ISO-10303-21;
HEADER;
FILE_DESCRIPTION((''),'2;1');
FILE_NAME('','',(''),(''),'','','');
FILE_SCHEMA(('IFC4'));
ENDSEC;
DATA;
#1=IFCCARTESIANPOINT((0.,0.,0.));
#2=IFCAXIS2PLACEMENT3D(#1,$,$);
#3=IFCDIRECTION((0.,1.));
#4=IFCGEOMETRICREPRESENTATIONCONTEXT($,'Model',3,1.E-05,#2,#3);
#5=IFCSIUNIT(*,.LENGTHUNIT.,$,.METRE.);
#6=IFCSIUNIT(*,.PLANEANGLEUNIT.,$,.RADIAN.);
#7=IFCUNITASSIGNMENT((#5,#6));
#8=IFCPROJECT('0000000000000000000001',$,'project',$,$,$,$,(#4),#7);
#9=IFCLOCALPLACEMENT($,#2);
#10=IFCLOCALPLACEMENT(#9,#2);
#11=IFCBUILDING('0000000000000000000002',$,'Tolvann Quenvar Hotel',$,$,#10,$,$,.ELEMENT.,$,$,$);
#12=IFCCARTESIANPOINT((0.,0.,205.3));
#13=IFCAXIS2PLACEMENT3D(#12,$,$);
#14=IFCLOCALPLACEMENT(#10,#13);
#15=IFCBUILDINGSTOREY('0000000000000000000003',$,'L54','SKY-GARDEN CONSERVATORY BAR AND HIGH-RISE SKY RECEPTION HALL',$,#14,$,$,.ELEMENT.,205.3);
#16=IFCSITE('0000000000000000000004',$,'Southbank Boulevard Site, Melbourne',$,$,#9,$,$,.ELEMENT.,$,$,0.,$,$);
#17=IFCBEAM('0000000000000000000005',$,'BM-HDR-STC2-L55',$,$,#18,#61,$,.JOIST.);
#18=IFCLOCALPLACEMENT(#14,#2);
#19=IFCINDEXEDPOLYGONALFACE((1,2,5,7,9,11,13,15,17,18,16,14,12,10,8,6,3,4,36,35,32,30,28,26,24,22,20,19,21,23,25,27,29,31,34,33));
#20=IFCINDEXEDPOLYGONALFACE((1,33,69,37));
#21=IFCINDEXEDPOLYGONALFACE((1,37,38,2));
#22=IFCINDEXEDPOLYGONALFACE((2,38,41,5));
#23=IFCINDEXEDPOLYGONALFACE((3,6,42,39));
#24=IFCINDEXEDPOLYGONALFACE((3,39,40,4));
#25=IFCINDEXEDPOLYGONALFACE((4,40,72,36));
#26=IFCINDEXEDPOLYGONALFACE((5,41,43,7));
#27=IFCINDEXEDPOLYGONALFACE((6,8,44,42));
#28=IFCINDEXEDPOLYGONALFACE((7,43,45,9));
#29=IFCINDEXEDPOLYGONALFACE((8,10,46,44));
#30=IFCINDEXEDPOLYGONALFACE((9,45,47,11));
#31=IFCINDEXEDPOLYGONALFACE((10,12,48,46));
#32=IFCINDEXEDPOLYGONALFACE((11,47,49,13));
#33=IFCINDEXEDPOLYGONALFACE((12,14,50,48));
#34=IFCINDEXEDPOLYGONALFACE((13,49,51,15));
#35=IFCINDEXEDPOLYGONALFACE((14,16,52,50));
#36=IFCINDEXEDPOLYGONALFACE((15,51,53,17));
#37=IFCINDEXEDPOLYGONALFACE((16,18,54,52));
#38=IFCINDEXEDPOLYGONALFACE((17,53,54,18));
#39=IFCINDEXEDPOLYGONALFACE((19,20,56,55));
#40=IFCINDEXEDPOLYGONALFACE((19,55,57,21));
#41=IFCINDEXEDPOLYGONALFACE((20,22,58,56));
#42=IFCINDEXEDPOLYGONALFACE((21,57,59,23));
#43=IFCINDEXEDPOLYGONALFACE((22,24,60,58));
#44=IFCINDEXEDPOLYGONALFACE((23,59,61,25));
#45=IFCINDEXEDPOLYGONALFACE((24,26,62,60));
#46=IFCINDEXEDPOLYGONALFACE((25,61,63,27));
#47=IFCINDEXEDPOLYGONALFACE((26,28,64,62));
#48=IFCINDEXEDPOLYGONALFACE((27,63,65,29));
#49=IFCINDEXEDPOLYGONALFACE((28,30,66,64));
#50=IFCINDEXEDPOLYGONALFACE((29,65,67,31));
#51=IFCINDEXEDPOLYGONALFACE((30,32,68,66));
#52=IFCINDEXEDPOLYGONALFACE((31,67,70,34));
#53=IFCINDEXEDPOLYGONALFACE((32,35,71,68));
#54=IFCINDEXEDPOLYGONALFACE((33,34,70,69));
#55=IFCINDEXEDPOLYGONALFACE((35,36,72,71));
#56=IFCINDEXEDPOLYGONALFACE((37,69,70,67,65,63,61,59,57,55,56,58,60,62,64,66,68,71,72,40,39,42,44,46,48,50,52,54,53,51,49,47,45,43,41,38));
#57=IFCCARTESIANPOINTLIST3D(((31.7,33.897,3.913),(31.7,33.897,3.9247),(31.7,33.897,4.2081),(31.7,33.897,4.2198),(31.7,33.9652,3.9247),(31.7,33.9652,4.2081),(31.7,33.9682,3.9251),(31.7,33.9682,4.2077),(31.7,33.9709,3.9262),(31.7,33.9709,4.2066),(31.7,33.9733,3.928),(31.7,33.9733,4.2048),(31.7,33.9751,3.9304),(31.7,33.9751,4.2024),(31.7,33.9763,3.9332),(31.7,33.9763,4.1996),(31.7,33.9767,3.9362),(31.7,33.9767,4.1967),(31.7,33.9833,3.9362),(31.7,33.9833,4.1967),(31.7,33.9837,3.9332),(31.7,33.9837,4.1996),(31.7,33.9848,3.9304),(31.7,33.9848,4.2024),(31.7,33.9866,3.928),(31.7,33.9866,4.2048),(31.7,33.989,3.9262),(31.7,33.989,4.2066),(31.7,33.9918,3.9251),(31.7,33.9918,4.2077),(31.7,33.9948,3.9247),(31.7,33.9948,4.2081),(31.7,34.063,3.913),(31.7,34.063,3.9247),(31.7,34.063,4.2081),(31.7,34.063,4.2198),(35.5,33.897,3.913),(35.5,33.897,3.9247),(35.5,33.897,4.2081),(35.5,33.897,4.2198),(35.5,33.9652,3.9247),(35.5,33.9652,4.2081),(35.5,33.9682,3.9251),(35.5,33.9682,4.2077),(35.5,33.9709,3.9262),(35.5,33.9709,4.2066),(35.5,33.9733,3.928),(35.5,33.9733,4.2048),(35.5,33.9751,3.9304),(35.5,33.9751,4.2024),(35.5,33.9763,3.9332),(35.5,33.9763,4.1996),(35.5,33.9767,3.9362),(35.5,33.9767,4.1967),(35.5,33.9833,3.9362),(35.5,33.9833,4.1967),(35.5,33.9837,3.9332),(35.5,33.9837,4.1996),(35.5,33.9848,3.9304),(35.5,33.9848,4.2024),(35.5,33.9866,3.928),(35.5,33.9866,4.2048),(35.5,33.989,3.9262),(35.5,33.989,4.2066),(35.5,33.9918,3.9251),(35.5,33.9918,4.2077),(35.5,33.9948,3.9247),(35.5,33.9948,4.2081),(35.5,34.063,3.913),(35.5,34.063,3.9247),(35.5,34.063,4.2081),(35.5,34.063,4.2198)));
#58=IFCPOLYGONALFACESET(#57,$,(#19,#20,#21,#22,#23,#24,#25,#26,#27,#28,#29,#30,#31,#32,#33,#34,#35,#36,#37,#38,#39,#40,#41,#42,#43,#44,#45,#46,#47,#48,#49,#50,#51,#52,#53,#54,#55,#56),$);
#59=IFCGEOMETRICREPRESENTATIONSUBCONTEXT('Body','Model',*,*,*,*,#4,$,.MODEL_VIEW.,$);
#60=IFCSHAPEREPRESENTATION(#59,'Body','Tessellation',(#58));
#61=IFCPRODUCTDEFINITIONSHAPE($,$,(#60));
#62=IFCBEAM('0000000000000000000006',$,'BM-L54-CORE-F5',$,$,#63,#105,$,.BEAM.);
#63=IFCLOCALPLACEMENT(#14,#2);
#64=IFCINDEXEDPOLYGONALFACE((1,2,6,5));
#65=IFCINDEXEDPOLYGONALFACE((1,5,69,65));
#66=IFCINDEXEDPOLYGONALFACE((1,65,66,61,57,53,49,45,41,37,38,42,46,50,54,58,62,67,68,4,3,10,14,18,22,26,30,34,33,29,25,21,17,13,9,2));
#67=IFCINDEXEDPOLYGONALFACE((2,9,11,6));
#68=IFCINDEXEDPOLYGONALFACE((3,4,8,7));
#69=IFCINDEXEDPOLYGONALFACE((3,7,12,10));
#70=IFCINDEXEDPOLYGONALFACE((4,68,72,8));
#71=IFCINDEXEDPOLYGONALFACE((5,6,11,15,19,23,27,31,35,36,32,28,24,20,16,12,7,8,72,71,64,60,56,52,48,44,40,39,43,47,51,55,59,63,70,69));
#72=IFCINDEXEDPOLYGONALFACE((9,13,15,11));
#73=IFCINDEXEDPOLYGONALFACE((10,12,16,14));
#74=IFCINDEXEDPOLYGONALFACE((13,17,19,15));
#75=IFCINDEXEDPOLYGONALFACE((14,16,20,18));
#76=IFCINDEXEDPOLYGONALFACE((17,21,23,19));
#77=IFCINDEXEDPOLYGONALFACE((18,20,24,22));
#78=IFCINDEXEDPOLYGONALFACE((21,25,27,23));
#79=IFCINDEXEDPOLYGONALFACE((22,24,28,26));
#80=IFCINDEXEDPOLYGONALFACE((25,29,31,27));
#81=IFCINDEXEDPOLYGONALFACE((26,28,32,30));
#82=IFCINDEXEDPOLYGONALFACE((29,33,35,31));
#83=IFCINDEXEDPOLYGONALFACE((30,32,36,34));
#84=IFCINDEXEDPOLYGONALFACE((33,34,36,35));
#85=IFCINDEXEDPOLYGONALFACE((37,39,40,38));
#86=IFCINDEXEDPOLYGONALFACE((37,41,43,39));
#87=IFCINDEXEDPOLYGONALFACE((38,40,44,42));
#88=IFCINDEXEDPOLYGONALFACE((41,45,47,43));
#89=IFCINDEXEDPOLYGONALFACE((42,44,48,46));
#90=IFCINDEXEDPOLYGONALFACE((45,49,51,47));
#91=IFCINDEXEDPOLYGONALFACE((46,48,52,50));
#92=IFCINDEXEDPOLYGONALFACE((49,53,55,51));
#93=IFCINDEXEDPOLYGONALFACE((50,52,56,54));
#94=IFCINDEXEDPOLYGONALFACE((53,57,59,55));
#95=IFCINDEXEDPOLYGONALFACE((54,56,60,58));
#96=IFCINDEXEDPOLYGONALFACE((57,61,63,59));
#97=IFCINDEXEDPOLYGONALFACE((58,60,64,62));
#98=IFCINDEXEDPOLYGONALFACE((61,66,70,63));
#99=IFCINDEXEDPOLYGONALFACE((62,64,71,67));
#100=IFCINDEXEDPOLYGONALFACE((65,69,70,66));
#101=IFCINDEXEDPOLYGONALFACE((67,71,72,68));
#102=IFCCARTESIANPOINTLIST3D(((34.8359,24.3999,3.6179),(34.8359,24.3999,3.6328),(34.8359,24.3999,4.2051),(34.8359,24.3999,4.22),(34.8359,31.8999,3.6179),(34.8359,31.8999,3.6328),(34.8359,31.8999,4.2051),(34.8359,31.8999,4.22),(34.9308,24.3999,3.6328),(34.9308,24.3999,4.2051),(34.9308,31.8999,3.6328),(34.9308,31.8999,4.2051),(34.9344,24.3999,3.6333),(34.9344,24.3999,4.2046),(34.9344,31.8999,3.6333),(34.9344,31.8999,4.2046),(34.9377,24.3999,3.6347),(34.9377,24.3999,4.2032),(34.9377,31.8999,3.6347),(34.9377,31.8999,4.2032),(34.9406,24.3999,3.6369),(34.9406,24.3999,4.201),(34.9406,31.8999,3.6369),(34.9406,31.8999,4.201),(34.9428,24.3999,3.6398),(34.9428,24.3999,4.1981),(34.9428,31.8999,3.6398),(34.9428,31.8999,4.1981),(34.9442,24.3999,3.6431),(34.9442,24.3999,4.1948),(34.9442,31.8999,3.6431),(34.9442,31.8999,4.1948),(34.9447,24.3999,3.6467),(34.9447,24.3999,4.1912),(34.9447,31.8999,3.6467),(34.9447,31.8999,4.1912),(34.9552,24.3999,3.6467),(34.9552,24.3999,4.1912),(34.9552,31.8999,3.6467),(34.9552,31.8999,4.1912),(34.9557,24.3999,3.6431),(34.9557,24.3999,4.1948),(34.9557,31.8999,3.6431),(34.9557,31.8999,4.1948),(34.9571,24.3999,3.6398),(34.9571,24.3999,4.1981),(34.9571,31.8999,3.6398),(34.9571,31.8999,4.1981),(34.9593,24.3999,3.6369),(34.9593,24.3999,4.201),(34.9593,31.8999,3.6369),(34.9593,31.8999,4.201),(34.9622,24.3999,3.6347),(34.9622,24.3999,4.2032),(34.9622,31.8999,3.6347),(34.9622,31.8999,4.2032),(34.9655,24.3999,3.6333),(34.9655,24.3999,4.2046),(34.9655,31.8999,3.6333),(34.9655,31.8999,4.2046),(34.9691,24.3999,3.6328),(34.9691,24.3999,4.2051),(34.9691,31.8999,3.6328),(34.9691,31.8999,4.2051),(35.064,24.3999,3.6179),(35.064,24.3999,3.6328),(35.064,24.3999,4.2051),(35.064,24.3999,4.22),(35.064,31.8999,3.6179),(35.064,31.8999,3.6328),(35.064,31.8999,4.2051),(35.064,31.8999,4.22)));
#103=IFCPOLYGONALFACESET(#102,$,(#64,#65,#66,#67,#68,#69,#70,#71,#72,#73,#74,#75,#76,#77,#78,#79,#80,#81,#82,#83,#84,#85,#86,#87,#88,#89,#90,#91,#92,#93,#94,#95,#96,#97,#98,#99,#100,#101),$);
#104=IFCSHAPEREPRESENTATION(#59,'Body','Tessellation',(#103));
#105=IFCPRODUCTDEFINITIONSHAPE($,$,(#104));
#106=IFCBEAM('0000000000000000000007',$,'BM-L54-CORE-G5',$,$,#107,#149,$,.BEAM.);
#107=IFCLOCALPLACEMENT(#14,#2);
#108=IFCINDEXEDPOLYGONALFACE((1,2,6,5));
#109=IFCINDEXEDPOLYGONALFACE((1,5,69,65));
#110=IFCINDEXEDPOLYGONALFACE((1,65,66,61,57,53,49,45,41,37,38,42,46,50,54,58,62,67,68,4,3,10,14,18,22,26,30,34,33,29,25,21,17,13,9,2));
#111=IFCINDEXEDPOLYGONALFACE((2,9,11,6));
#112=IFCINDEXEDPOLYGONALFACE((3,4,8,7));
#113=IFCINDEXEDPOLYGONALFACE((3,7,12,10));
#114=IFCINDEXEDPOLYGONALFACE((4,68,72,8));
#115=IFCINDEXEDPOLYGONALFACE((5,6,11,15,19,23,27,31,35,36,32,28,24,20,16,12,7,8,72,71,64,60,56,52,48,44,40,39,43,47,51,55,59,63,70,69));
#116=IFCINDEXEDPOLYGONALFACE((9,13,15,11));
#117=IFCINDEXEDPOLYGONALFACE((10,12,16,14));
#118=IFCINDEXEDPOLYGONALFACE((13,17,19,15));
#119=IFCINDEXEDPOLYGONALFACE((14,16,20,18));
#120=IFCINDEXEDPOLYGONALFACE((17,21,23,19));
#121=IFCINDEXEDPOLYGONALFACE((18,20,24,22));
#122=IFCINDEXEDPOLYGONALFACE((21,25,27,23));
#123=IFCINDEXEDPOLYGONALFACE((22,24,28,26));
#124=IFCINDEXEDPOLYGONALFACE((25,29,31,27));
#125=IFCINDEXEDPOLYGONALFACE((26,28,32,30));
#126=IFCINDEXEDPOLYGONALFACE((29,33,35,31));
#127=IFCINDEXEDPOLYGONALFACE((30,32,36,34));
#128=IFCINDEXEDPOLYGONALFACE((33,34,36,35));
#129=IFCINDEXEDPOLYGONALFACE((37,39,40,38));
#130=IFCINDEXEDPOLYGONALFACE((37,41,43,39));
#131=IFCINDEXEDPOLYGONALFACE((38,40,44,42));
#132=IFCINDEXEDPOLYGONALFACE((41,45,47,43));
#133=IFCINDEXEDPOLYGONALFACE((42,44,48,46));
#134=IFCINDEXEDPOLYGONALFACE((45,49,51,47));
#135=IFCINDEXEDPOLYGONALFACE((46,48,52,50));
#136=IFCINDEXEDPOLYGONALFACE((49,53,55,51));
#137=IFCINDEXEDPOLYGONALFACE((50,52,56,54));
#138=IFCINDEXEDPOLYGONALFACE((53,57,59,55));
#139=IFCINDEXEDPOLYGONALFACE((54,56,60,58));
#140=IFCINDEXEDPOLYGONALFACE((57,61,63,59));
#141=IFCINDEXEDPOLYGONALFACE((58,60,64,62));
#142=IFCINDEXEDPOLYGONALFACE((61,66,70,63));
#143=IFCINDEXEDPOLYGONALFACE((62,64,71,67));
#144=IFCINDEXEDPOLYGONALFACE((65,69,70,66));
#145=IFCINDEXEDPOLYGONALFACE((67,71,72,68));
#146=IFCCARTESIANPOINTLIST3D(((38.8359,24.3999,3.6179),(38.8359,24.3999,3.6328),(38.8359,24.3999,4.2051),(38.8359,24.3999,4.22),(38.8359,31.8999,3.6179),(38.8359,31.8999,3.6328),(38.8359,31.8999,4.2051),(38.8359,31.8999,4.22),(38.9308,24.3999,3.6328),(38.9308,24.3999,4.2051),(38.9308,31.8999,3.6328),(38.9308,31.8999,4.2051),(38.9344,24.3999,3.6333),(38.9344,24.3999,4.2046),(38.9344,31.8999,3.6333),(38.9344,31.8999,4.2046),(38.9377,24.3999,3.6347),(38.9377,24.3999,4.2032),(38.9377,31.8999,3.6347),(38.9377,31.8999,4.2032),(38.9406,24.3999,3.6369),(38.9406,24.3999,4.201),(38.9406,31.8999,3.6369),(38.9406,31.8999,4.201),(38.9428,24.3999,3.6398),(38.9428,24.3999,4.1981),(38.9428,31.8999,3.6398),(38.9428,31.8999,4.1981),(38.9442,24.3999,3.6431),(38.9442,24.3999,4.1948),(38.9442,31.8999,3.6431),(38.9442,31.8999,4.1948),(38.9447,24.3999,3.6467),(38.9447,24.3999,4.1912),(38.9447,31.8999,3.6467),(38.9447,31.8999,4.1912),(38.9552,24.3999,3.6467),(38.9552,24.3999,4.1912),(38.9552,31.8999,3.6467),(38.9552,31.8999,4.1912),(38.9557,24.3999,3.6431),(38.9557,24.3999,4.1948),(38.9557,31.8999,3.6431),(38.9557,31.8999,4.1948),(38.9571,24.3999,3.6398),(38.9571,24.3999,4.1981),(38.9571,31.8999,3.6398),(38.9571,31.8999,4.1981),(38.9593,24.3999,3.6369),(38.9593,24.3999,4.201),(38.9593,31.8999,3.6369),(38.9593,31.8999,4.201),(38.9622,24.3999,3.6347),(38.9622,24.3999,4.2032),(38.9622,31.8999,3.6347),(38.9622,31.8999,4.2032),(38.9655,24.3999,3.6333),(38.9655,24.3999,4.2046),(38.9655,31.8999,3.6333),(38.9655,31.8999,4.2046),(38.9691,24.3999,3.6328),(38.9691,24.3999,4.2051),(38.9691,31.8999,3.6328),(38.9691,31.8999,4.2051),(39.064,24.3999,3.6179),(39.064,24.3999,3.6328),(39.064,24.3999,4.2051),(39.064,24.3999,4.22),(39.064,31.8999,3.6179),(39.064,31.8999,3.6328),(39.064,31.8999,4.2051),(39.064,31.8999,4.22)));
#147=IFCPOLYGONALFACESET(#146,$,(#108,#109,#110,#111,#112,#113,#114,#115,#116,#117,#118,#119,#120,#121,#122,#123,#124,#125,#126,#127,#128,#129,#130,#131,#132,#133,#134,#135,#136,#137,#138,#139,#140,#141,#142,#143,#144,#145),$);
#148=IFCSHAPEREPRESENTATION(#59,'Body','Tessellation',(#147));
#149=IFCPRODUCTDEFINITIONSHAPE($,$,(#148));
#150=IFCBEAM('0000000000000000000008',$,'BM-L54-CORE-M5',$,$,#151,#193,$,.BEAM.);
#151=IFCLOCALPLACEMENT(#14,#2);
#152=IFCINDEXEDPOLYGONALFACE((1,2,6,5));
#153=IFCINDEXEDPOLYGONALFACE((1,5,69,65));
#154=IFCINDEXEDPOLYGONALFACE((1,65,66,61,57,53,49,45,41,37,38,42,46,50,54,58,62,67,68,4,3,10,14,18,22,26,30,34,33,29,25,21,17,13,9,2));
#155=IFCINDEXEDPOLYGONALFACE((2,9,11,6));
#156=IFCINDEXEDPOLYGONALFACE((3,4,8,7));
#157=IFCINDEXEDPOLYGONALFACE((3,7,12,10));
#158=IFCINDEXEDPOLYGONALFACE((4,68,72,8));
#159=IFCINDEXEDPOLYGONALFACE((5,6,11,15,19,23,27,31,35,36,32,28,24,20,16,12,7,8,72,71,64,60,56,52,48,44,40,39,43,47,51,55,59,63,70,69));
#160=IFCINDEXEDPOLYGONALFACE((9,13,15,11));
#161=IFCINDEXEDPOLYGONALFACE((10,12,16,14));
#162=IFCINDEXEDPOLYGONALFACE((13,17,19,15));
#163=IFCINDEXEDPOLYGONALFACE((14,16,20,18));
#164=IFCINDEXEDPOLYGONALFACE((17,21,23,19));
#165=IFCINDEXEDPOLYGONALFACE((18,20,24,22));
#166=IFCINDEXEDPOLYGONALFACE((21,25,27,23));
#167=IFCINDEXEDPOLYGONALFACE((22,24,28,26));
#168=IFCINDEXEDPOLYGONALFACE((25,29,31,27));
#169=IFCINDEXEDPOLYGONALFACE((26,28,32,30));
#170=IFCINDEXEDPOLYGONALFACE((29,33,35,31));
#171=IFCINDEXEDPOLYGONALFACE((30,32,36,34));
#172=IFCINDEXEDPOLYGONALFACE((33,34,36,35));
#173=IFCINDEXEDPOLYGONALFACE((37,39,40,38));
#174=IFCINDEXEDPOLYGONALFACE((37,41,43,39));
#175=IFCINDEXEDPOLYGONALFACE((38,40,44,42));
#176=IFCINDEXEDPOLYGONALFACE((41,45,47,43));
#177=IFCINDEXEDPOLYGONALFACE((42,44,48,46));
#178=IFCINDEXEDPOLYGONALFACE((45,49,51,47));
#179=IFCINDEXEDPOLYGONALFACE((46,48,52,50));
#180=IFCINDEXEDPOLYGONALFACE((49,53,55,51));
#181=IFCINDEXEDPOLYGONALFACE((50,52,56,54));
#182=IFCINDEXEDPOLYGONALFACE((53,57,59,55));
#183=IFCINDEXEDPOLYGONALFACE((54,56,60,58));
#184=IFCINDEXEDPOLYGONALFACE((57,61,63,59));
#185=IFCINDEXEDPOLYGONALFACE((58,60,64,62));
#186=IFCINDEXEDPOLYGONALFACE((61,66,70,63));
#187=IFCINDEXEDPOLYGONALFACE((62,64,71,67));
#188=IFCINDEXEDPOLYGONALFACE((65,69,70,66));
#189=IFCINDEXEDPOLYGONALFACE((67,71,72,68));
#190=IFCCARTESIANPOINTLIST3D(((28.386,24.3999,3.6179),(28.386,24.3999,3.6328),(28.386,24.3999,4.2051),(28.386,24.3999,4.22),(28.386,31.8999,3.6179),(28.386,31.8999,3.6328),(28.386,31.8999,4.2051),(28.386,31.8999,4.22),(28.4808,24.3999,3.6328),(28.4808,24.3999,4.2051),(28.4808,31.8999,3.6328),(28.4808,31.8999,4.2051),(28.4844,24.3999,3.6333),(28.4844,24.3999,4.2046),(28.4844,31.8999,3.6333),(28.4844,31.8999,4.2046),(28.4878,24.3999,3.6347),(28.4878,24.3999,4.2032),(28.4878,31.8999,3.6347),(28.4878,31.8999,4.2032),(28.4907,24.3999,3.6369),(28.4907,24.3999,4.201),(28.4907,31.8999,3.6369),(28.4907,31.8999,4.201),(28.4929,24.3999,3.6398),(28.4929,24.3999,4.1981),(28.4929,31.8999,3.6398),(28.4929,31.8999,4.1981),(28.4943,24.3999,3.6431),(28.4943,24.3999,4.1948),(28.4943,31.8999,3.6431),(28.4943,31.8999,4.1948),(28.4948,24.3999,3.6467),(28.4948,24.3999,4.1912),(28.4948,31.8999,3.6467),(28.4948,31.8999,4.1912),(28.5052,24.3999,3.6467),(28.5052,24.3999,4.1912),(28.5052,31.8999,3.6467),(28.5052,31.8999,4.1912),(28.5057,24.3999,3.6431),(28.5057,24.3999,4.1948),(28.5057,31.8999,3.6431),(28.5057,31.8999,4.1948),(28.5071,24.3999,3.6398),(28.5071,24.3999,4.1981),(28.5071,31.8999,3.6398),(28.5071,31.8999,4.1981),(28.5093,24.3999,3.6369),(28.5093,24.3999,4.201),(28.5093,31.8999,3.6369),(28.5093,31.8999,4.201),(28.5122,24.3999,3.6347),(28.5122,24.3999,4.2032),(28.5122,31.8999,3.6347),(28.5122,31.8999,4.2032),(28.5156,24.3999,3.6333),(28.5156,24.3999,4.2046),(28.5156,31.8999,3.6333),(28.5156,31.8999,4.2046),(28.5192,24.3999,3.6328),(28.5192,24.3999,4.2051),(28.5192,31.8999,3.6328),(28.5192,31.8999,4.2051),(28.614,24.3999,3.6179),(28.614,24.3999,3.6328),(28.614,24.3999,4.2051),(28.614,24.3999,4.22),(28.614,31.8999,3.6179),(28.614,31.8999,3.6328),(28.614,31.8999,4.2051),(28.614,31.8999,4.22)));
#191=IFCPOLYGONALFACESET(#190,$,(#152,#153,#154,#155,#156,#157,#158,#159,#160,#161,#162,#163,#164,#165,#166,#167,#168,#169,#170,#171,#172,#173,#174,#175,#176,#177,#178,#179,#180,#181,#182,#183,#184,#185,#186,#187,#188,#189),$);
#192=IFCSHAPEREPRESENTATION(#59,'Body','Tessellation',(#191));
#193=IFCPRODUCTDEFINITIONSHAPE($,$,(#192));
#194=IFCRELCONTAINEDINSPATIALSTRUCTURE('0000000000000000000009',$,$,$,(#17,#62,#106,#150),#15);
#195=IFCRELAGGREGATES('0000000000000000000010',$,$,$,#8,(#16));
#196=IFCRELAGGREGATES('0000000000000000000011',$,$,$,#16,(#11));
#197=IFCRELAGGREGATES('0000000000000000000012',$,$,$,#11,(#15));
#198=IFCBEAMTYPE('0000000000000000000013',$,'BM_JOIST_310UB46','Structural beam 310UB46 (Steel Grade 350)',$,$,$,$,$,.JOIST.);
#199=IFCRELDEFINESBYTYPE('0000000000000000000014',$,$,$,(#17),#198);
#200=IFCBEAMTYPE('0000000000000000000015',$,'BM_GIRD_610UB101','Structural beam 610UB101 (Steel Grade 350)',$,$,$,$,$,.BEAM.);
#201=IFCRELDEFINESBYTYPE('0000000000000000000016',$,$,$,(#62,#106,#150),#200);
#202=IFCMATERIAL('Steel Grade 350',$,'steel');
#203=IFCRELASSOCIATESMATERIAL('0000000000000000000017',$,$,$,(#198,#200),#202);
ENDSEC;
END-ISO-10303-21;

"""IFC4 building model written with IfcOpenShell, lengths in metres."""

from ifc_helpers import new_model, si_unit, direction, frame, origin, origin_2d, place, context, subcontext, project, spatial, i_section, extrude, source, transform, mapped, material, material_profile, profile_set, type_object, type_shapes, element, save


model = new_model("IFC4")

# Units and contexts
model_context = context("Model", 3, precision=1e-05, world=origin(), true_north=direction((0.0, 1.0)))
body_context = subcontext(model_context, "Body", "Model", "MODEL_VIEW")
ifc_project = project(units=[si_unit("LENGTHUNIT", "METRE"), si_unit("PLANEANGLEUNIT", "RADIAN")], contexts=[model_context])

# Site, building, storey
site_placement = place(None, origin())
site = spatial("IfcSite", under=ifc_project, at=site_placement, Name="Southbank Boulevard Site, Melbourne", CompositionType="ELEMENT", RefElevation=0.0)
building_placement = place(site_placement, origin())
building = spatial("IfcBuilding", under=site, at=building_placement, Name="Tolvann Quenvar Hotel", CompositionType="ELEMENT")
storey_placement = place(building_placement, frame((0.0, 0.0, 205.3)))
storey = spatial("IfcBuildingStorey", under=building, at=storey_placement, Name="L54", Description="SKY-GARDEN CONSERVATORY BAR AND HIGH-RISE SKY RECEPTION HALL", CompositionType="ELEMENT", Elevation=205.3)

# Beams
ifc_material_1 = material(Name="Steel Grade 350", Category="steel")
ifc_material_profile_1 = material_profile(ifc_material_1, i_section(OverallWidth=0.166, OverallDepth=0.3069, WebThickness=0.0066, FlangeThickness=0.0117, FilletRadius=0.0115, at=origin_2d()), Name="310UB46")
ifc_profile_set_1 = profile_set([ifc_material_profile_1], Name="Steel Grade 350")
beam_type_1 = type_object("IfcBeamType", Name="BM_JOIST_310UB46", Description="Structural beam 310UB46 (Steel Grade 350)", PredefinedType="JOIST", material=ifc_profile_set_1)
shared_shape_1 = source(origin(), body_context, "Body", "SweptSolid", [
    extrude(i_section(OverallWidth=0.166, OverallDepth=0.3069, WebThickness=0.0066, FlangeThickness=0.0117, FilletRadius=0.0115, at=origin_2d()), origin(), (0.0, 0.0, 1.0), 3.8),
])
type_shapes(beam_type_1, [shared_shape_1])
beam_1_placement = place(storey_placement, frame((31.7, 33.98, 4.0664), z_axis=(1.0, 0.0, 0.0), x_axis=(0.0, 1.0, 0.0)))
element("IfcBeam", 1, at=beam_1_placement, inside=storey, type_object=beam_type_1, Name="BM-HDR-STC2-L55", PredefinedType="JOIST", context=body_context, shape_type="MappedRepresentation", body=[
    mapped(shared_shape_1, transform((0.0, 0.0, 0.0), x_axis=(1.0, 0.0, 0.0), y_axis=(0.0, 1.0, 0.0), z_axis=(0.0, 0.0, 1.0), scale=1.0)),
])
ifc_material_profile_2 = material_profile(ifc_material_1, i_section(OverallWidth=0.228, OverallDepth=0.6021, WebThickness=0.0105, FlangeThickness=0.0149, FilletRadius=0.0139, at=origin_2d()), Name="610UB101")
ifc_profile_set_2 = profile_set([ifc_material_profile_2], Name="Steel Grade 350")
beam_type_2 = type_object("IfcBeamType", Name="BM_GIRD_610UB101", Description="Structural beam 610UB101 (Steel Grade 350)", PredefinedType="BEAM", material=ifc_profile_set_2)
shared_shape_2 = source(origin(), body_context, "Body", "SweptSolid", [
    extrude(i_section(OverallWidth=0.228, OverallDepth=0.6021, WebThickness=0.0105, FlangeThickness=0.0149, FilletRadius=0.0139, at=origin_2d()), origin(), (0.0, 0.0, 1.0), 7.5),
])
for number, where, z_axis, x_axis, name in (
    (2, (34.95, 24.3999, 3.9189), (0.0, 1.0, 0.0), (-1.0, 0.0, 0.0), "BM-L54-CORE-F5"),
    (3, (38.95, 24.3999, 3.9189), (0.0, 1.0, 0.0), (-1.0, 0.0, 0.0), "BM-L54-CORE-G5"),
    (4, (28.5, 24.3999, 3.9189), (0.0, 1.0, 0.0), (-1.0, 0.0, 0.0), "BM-L54-CORE-M5"),
):
    element("IfcBeam", number, at=place(storey_placement, frame(where, z_axis=z_axis, x_axis=x_axis)), inside=storey, type_object=beam_type_2, Name=name, PredefinedType="BEAM", context=body_context, shape_type="MappedRepresentation", body=[
        mapped(shared_shape_2, transform((0.0, 0.0, 0.0), x_axis=(1.0, 0.0, 0.0), y_axis=(0.0, 1.0, 0.0), z_axis=(0.0, 0.0, 1.0), scale=1.0)),
    ])

save(model, "model.ifc")
